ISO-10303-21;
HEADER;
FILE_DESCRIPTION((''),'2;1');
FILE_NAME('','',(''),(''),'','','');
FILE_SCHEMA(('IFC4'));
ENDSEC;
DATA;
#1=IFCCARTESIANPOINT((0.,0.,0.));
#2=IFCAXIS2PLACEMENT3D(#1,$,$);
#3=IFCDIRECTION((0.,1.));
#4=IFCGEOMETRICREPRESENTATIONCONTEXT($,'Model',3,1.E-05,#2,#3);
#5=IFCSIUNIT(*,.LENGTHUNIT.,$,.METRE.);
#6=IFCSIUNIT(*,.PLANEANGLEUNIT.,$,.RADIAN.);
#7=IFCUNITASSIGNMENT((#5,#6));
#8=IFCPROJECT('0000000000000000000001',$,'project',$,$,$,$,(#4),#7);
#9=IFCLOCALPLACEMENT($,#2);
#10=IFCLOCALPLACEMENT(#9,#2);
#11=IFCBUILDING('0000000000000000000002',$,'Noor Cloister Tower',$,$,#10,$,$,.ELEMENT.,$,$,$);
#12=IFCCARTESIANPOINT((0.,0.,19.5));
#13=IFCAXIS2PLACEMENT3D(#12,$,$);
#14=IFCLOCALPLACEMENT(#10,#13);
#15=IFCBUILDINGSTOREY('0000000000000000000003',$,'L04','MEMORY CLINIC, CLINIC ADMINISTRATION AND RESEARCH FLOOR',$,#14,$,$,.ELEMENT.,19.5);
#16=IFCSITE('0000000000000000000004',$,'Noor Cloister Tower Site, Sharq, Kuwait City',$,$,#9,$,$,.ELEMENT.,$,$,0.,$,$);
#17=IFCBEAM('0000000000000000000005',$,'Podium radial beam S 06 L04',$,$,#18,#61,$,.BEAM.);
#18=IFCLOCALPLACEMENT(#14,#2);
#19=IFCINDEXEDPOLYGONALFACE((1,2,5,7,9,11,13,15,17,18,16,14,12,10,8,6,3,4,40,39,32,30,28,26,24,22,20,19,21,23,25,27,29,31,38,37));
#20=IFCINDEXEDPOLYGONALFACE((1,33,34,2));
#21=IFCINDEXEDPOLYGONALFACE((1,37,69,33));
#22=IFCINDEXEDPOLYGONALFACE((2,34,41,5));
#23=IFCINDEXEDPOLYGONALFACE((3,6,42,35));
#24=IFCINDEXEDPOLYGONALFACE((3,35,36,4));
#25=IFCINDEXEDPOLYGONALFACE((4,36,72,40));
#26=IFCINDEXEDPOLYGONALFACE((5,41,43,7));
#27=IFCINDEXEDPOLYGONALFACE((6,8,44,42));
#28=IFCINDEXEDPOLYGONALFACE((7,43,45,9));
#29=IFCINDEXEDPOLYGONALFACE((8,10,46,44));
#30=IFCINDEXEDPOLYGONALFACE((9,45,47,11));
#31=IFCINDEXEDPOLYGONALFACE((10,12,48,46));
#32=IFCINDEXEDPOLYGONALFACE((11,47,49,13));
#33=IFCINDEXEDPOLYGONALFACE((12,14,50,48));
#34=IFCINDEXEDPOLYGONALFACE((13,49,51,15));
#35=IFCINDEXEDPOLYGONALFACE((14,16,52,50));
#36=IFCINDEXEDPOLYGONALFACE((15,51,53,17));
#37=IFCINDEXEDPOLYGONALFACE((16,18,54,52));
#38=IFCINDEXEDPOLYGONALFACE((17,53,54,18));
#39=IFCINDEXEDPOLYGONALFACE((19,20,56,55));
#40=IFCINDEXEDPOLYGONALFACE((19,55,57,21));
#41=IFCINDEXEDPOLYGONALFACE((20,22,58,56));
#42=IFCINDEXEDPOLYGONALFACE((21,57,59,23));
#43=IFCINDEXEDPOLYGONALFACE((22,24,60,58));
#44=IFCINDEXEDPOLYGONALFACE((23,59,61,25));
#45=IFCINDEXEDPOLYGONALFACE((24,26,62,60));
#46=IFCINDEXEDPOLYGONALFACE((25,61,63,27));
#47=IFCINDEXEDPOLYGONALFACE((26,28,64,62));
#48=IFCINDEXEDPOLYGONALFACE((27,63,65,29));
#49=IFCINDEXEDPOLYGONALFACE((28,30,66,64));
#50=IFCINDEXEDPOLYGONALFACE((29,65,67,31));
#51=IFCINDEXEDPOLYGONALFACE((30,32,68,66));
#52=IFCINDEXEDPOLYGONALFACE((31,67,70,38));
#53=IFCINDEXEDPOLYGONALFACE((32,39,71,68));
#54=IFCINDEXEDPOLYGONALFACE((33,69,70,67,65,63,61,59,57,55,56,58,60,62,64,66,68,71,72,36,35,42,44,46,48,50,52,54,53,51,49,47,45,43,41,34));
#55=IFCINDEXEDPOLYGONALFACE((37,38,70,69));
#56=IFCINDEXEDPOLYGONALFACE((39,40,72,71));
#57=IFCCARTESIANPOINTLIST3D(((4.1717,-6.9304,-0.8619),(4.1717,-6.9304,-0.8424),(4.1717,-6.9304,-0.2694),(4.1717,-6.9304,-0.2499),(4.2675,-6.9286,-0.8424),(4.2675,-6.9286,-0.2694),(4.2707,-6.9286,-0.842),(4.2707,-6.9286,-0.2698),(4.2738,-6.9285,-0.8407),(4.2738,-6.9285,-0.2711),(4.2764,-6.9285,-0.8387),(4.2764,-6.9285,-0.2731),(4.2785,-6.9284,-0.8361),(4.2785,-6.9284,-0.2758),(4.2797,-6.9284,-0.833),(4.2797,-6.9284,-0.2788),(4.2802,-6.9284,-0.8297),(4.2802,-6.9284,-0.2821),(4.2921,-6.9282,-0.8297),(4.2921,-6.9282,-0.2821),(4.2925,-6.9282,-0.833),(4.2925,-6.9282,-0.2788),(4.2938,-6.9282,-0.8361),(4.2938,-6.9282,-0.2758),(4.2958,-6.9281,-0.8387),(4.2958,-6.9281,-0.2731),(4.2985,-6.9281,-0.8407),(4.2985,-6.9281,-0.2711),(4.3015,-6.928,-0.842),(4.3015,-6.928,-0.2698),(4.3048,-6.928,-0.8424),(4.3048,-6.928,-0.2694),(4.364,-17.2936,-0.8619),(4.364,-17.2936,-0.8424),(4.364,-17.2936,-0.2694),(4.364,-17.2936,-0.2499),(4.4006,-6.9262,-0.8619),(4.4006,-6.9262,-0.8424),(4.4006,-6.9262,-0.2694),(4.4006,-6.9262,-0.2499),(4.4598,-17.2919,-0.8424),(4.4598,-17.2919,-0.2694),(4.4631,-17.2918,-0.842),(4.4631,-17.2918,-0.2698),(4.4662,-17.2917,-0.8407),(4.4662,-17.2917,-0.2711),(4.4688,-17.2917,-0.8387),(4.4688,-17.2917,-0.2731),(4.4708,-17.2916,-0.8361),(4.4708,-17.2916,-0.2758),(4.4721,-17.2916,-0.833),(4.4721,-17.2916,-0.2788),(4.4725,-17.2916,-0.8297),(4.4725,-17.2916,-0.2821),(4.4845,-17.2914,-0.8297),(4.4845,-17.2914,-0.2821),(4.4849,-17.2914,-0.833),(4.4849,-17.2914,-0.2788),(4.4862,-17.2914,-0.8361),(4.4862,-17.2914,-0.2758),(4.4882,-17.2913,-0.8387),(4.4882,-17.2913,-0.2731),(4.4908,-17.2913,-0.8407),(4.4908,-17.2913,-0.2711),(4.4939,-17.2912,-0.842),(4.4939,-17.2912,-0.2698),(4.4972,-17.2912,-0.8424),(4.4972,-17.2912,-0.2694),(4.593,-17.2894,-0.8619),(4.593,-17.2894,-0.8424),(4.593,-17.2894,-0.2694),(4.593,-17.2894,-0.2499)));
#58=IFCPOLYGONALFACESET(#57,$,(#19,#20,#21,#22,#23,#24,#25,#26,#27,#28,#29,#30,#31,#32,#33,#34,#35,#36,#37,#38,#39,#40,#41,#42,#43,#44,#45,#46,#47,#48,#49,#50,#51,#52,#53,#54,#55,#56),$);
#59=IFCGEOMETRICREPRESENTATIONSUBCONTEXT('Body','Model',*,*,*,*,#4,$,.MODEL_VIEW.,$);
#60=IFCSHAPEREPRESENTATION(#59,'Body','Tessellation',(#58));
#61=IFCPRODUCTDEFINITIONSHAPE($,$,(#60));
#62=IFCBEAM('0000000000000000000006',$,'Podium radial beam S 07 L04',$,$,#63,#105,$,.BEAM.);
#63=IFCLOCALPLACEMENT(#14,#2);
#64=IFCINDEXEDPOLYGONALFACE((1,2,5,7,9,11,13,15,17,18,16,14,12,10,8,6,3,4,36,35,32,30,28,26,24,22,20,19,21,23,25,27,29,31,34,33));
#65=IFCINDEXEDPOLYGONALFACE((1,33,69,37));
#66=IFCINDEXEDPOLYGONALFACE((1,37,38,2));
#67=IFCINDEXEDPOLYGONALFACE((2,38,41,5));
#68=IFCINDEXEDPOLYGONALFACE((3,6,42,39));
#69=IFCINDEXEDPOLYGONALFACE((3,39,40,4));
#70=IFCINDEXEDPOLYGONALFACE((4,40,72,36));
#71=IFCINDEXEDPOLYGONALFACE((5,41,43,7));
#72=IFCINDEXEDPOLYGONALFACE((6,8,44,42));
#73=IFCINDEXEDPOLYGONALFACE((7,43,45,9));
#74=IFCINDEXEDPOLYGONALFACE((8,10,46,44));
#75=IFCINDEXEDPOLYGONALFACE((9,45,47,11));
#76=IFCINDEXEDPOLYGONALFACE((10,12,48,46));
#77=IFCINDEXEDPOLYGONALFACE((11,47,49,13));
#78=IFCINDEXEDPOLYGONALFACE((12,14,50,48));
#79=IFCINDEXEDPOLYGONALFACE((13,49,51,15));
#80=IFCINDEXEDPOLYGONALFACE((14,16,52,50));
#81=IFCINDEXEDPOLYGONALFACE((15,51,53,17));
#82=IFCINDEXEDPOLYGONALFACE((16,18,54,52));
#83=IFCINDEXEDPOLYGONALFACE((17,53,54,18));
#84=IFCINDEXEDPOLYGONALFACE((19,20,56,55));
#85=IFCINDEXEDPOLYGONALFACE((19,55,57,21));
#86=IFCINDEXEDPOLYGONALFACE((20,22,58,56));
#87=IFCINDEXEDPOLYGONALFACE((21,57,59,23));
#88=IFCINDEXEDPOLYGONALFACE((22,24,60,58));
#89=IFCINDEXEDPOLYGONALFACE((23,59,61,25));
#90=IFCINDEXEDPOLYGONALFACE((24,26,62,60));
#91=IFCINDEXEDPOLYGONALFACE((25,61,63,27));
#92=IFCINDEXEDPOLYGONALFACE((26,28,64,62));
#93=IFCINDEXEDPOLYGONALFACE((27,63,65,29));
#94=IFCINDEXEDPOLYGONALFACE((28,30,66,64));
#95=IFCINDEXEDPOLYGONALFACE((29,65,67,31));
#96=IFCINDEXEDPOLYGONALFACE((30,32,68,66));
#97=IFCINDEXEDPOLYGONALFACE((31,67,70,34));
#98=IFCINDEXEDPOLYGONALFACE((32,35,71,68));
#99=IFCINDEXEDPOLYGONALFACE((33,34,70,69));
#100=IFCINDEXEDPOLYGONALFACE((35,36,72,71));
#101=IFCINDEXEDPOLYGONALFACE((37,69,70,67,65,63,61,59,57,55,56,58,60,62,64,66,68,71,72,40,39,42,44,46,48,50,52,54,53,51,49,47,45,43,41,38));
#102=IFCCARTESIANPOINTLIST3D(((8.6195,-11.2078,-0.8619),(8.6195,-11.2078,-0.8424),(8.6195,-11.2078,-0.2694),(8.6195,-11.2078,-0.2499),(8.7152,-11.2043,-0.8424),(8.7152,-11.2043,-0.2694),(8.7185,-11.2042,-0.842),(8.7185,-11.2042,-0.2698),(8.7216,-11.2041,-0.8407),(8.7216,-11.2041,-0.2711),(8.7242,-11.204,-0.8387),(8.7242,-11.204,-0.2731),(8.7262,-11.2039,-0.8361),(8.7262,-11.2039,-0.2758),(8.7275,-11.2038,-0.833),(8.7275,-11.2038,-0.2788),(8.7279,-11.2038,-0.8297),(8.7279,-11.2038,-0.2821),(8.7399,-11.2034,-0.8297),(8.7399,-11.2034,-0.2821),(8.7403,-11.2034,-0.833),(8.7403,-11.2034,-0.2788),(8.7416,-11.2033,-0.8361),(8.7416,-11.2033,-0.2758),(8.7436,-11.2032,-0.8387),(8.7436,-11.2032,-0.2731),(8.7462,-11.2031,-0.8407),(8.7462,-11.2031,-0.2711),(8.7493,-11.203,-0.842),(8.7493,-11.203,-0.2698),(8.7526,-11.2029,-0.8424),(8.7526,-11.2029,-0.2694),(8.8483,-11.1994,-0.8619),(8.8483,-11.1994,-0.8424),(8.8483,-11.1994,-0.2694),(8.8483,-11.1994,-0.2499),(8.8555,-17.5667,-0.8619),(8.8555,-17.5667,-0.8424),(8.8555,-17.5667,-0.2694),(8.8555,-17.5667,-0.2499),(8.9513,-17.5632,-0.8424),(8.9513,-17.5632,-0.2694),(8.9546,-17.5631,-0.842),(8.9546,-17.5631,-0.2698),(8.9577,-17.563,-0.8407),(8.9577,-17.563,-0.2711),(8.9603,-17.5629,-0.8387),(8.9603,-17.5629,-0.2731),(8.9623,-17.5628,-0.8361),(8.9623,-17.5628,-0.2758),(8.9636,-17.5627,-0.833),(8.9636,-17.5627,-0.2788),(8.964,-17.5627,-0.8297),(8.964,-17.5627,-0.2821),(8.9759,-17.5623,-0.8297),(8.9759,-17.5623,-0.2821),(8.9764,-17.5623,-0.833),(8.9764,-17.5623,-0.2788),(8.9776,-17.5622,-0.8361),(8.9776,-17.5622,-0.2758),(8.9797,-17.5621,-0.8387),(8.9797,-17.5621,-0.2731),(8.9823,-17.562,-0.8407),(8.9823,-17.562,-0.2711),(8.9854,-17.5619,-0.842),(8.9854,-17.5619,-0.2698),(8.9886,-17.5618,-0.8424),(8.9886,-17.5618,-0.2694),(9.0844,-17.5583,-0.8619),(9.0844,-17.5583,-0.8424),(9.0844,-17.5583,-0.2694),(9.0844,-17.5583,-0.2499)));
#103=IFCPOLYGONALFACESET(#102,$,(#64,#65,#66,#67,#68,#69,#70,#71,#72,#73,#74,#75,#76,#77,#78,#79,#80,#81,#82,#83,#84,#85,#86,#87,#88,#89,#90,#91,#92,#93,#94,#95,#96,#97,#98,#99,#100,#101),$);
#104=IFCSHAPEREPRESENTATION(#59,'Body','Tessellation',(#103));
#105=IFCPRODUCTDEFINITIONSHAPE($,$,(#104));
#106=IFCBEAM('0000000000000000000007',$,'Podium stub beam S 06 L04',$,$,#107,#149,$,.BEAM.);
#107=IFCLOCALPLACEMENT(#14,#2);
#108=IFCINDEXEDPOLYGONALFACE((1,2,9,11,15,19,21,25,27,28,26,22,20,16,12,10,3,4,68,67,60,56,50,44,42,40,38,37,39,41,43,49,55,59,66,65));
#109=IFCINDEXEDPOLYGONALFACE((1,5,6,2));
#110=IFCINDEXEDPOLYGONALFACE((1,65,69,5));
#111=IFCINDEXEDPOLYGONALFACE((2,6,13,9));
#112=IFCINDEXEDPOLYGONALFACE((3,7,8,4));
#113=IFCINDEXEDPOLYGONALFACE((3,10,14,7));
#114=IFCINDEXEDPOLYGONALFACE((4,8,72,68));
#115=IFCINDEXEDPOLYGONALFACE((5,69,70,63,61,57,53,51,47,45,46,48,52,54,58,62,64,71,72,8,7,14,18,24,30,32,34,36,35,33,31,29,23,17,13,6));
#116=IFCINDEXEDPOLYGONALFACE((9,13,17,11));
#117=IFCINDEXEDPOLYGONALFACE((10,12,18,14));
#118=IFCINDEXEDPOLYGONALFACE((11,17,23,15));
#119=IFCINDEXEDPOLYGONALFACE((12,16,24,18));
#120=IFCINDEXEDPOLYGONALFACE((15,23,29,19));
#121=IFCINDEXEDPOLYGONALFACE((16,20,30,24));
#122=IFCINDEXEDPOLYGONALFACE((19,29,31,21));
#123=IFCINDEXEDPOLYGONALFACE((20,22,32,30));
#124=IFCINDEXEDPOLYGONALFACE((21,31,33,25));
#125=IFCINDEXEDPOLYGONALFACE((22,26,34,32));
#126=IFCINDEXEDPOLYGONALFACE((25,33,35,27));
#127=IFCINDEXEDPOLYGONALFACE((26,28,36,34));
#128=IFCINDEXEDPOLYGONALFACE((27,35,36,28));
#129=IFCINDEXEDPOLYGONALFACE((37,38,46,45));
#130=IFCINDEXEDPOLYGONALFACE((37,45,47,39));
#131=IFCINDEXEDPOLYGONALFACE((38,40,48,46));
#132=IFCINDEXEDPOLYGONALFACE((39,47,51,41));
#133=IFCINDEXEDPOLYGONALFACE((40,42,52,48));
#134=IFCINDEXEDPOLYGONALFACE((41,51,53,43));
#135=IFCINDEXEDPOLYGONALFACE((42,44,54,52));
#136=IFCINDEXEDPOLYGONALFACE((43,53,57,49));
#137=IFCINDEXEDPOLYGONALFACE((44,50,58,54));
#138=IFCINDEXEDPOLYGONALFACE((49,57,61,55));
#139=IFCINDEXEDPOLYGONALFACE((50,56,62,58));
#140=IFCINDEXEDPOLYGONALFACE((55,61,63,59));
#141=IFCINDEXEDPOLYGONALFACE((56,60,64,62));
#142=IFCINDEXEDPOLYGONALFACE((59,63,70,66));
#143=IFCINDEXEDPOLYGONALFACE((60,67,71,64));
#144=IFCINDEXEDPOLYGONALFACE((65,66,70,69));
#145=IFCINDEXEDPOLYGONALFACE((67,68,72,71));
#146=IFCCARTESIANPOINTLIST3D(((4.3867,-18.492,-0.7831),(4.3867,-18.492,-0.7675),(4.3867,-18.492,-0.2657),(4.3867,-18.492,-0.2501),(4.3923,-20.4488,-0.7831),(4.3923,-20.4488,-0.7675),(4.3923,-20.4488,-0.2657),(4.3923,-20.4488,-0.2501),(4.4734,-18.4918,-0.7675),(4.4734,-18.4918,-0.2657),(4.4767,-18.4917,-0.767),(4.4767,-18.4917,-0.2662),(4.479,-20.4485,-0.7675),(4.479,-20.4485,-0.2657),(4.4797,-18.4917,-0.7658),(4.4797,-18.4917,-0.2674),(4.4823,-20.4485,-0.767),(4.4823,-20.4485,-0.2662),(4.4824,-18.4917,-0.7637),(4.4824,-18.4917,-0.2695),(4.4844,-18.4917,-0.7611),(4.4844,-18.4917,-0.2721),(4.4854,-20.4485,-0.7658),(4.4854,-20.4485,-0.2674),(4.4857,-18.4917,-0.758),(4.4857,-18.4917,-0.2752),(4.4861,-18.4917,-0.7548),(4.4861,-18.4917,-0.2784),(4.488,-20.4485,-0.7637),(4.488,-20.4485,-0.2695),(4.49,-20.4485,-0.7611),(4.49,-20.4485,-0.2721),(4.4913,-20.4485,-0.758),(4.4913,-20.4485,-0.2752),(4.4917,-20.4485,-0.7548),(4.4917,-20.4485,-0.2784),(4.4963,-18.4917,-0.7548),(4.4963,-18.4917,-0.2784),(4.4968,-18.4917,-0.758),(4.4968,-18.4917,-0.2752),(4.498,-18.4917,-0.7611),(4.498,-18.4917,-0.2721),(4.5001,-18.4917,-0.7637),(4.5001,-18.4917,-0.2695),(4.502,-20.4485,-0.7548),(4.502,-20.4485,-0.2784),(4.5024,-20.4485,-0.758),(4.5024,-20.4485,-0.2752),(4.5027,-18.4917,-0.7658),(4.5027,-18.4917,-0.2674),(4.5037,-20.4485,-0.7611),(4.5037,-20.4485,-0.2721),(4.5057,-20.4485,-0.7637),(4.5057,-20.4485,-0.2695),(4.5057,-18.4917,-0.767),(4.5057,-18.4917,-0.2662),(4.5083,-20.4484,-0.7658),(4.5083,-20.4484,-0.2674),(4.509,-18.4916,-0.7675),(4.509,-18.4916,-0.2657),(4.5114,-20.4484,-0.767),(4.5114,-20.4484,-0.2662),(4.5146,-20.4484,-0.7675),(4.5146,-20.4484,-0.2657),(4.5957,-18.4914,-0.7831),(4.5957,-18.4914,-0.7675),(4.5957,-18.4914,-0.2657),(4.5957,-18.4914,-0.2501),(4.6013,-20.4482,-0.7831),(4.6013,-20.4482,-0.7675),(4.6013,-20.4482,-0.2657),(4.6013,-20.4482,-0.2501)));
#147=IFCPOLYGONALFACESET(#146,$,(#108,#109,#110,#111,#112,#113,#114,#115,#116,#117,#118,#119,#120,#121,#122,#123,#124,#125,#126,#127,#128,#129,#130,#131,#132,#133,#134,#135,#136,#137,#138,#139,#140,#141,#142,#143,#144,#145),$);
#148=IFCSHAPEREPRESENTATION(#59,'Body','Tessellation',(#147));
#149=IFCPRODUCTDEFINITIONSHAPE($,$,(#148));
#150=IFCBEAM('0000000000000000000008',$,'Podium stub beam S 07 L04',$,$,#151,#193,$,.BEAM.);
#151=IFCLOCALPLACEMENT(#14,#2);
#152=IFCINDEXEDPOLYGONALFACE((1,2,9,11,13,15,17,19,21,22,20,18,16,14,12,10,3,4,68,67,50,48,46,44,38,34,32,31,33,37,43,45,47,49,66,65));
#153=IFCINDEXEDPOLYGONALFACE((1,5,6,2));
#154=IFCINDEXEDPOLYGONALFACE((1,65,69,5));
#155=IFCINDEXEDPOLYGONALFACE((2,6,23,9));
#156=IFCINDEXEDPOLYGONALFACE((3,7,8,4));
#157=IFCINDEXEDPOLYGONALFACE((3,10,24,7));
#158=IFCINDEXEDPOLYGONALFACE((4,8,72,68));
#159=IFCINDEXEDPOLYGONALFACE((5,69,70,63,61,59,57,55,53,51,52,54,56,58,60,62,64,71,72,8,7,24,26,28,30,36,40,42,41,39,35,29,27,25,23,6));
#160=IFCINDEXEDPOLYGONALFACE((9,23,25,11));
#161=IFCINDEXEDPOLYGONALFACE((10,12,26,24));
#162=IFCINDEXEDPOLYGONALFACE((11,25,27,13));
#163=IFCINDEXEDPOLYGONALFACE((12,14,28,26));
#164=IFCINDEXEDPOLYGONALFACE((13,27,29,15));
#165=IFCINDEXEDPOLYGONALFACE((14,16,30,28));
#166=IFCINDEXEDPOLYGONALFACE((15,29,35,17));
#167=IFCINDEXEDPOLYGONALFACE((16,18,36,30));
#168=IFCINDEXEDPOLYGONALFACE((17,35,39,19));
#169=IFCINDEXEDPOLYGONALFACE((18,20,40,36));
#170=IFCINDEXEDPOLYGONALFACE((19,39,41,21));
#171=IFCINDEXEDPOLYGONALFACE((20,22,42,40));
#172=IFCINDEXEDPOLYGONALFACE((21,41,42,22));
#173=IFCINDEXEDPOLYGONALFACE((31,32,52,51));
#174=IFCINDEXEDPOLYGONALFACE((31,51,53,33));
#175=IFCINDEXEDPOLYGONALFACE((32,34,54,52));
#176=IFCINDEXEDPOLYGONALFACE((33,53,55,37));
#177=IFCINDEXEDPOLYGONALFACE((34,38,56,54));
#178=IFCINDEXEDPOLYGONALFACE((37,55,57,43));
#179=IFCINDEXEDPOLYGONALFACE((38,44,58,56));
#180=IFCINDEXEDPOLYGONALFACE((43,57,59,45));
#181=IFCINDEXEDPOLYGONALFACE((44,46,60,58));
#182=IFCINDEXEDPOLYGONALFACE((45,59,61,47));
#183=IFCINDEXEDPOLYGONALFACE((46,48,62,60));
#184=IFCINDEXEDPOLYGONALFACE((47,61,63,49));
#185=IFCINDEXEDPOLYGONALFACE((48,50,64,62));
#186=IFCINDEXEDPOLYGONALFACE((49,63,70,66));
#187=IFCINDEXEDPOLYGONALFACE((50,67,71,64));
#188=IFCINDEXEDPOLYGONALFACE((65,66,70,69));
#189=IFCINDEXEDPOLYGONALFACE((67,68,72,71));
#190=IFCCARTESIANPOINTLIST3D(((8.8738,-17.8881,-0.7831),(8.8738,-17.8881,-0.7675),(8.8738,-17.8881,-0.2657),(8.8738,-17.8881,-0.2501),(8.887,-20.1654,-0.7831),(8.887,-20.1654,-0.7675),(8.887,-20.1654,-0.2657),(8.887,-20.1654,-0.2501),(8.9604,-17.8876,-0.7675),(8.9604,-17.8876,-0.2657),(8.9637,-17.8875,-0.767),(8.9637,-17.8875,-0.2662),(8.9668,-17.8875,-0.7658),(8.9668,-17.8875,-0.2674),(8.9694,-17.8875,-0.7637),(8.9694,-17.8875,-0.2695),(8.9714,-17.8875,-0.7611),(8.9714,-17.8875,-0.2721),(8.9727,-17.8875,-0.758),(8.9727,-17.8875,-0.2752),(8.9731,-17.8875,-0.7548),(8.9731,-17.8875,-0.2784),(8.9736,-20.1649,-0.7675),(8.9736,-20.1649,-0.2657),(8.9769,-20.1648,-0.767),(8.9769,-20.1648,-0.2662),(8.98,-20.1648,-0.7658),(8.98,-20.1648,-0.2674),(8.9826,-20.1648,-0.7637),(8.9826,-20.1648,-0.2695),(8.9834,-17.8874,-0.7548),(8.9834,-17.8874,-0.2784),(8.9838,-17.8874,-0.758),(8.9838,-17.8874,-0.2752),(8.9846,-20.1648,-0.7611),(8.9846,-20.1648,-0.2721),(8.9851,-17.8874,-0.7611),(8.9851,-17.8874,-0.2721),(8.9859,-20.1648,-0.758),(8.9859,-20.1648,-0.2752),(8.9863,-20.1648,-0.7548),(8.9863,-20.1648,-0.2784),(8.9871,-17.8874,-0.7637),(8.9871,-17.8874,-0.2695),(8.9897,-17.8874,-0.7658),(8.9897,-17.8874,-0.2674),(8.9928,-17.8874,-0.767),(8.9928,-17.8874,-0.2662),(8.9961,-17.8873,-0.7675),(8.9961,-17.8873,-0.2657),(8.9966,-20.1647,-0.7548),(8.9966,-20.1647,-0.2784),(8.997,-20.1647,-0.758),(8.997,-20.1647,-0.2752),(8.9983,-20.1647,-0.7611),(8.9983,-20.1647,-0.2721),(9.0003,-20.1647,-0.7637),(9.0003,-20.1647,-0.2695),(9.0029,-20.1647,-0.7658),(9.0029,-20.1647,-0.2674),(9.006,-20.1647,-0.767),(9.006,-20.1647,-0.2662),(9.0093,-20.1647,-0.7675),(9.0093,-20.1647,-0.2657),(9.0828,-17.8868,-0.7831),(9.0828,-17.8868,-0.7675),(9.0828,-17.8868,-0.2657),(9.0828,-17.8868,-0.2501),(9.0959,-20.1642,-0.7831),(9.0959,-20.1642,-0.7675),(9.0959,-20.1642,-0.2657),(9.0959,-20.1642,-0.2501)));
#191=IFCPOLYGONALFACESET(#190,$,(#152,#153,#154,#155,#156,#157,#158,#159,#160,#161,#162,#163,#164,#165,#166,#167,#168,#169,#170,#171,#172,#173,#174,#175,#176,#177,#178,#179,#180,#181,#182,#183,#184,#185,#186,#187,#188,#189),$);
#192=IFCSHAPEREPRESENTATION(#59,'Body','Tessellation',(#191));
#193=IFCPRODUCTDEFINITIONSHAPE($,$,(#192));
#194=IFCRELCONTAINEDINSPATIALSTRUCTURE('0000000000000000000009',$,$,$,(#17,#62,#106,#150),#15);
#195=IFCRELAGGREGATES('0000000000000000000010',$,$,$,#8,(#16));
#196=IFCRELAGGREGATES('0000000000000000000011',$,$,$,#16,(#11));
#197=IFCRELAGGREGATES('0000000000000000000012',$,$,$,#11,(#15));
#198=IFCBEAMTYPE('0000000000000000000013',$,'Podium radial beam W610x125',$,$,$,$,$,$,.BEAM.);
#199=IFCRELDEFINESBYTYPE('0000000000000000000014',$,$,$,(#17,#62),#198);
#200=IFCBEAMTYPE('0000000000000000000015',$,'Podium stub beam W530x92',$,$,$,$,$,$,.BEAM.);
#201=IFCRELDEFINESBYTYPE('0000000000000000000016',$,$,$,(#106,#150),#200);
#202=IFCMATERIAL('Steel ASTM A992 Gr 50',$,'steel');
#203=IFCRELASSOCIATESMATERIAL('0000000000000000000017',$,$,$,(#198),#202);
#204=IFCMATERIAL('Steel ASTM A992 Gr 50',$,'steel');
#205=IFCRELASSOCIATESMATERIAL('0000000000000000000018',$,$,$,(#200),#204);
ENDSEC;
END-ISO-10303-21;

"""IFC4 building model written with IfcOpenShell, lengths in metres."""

from ifc_helpers import new_model, si_unit, direction, frame, origin, origin_2d, place, context, subcontext, project, spatial, i_section, extrude, material, material_profile, profile_set, type_object, element, save


model = new_model("IFC4")

# Units and contexts
model_context = context("Model", 3, precision=1e-05, world=origin(), true_north=direction((0.0, 1.0)))
body_context = subcontext(model_context, "Body", "Model", "MODEL_VIEW")
ifc_project = project(units=[si_unit("LENGTHUNIT", "METRE"), si_unit("PLANEANGLEUNIT", "RADIAN")], contexts=[model_context])

# Site, building, storey
site_placement = place(None, origin())
site = spatial("IfcSite", under=ifc_project, at=site_placement, Name="Noor Cloister Tower Site, Sharq, Kuwait City", CompositionType="ELEMENT", RefElevation=0.0)
building_placement = place(site_placement, origin())
building = spatial("IfcBuilding", under=site, at=building_placement, Name="Noor Cloister Tower", CompositionType="ELEMENT")
storey_placement = place(building_placement, frame((0.0, 0.0, 19.5)))
storey = spatial("IfcBuildingStorey", under=building, at=storey_placement, Name="L04", Description="MEMORY CLINIC, CLINIC ADMINISTRATION AND RESEARCH FLOOR", CompositionType="ELEMENT", Elevation=19.5)

# Beams
ifc_material_1 = material(Name="Steel ASTM A992 Gr 50", Category="steel")
ifc_material_profile_1 = material_profile(ifc_material_1, i_section(OverallWidth=0.229, OverallDepth=0.6121, WebThickness=0.012, FlangeThickness=0.0195, FilletRadius=0.0127, at=origin_2d()), Name="W610x125")
ifc_profile_set_1 = profile_set([ifc_material_profile_1], Name="Steel ASTM A992 Gr 50")
beam_type_1 = type_object("IfcBeamType", Name="Podium radial beam W610x125", PredefinedType="BEAM", material=ifc_profile_set_1)
beam_1_placement = place(storey_placement, frame((4.4785, -17.2915, -0.5559), z_axis=(-0.018561, 0.999828, 0.0), x_axis=(-0.999828, -0.018561, 0.0)))
element("IfcBeam", 1, at=beam_1_placement, inside=storey, type_object=beam_type_1, Name="Podium radial beam S 06 L04", PredefinedType="BEAM", context=body_context, shape_type="SweptSolid", body=[
    extrude(i_section(OverallWidth=0.229, OverallDepth=0.6121, WebThickness=0.012, FlangeThickness=0.0195, FilletRadius=0.0127, at=origin_2d()), origin(), (0.0, 0.0, 1.0), 10.365),
])
beam_2_placement = place(storey_placement, frame((8.97, -17.5625, -0.5559), z_axis=(-0.037101, 0.999312, 0.0), x_axis=(-0.999312, -0.037101, 0.0)))
element("IfcBeam", 2, at=beam_2_placement, inside=storey, type_object=beam_type_1, Name="Podium radial beam S 07 L04", PredefinedType="BEAM", context=body_context, shape_type="SweptSolid", body=[
    extrude(i_section(OverallWidth=0.229, OverallDepth=0.6121, WebThickness=0.012, FlangeThickness=0.0195, FilletRadius=0.0127, at=origin_2d()), origin(), (0.0, 0.0, 1.0), 6.3633),
])
ifc_material_2 = material(Name="Steel ASTM A992 Gr 50", Category="steel")
ifc_material_profile_2 = material_profile(ifc_material_2, i_section(OverallWidth=0.209, OverallDepth=0.533, WebThickness=0.0103, FlangeThickness=0.0156, FilletRadius=0.0127, at=origin_2d()), Name="W530x92")
ifc_profile_set_2 = profile_set([ifc_material_profile_2], Name="Steel ASTM A992 Gr 50")
beam_type_2 = type_object("IfcBeamType", Name="Podium stub beam W530x92", PredefinedType="BEAM", material=ifc_profile_set_2)
beam_3_placement = place(storey_placement, frame((4.4912, -18.4917, -0.5166), z_axis=(0.00287, -0.999996, 0.0), x_axis=(0.999996, 0.00287, 0.0)))
element("IfcBeam", 3, at=beam_3_placement, inside=storey, type_object=beam_type_2, Name="Podium stub beam S 06 L04", PredefinedType="BEAM", context=body_context, shape_type="SweptSolid", body=[
    extrude(i_section(OverallWidth=0.209, OverallDepth=0.533, WebThickness=0.0103, FlangeThickness=0.0156, FilletRadius=0.0127, at=origin_2d()), origin(), (0.0, 0.0, 1.0), 1.9568),
])
beam_4_placement = place(storey_placement, frame((8.9783, -17.8875, -0.5166), z_axis=(0.005789, -0.999983, 0.0), x_axis=(0.999983, 0.005789, 0.0)))
element("IfcBeam", 4, at=beam_4_placement, inside=storey, type_object=beam_type_2, Name="Podium stub beam S 07 L04", PredefinedType="BEAM", context=body_context, shape_type="SweptSolid", body=[
    extrude(i_section(OverallWidth=0.209, OverallDepth=0.533, WebThickness=0.0103, FlangeThickness=0.0156, FilletRadius=0.0127, at=origin_2d()), origin(), (0.0, 0.0, 1.0), 2.2773),
])

save(model, "model.ifc")
